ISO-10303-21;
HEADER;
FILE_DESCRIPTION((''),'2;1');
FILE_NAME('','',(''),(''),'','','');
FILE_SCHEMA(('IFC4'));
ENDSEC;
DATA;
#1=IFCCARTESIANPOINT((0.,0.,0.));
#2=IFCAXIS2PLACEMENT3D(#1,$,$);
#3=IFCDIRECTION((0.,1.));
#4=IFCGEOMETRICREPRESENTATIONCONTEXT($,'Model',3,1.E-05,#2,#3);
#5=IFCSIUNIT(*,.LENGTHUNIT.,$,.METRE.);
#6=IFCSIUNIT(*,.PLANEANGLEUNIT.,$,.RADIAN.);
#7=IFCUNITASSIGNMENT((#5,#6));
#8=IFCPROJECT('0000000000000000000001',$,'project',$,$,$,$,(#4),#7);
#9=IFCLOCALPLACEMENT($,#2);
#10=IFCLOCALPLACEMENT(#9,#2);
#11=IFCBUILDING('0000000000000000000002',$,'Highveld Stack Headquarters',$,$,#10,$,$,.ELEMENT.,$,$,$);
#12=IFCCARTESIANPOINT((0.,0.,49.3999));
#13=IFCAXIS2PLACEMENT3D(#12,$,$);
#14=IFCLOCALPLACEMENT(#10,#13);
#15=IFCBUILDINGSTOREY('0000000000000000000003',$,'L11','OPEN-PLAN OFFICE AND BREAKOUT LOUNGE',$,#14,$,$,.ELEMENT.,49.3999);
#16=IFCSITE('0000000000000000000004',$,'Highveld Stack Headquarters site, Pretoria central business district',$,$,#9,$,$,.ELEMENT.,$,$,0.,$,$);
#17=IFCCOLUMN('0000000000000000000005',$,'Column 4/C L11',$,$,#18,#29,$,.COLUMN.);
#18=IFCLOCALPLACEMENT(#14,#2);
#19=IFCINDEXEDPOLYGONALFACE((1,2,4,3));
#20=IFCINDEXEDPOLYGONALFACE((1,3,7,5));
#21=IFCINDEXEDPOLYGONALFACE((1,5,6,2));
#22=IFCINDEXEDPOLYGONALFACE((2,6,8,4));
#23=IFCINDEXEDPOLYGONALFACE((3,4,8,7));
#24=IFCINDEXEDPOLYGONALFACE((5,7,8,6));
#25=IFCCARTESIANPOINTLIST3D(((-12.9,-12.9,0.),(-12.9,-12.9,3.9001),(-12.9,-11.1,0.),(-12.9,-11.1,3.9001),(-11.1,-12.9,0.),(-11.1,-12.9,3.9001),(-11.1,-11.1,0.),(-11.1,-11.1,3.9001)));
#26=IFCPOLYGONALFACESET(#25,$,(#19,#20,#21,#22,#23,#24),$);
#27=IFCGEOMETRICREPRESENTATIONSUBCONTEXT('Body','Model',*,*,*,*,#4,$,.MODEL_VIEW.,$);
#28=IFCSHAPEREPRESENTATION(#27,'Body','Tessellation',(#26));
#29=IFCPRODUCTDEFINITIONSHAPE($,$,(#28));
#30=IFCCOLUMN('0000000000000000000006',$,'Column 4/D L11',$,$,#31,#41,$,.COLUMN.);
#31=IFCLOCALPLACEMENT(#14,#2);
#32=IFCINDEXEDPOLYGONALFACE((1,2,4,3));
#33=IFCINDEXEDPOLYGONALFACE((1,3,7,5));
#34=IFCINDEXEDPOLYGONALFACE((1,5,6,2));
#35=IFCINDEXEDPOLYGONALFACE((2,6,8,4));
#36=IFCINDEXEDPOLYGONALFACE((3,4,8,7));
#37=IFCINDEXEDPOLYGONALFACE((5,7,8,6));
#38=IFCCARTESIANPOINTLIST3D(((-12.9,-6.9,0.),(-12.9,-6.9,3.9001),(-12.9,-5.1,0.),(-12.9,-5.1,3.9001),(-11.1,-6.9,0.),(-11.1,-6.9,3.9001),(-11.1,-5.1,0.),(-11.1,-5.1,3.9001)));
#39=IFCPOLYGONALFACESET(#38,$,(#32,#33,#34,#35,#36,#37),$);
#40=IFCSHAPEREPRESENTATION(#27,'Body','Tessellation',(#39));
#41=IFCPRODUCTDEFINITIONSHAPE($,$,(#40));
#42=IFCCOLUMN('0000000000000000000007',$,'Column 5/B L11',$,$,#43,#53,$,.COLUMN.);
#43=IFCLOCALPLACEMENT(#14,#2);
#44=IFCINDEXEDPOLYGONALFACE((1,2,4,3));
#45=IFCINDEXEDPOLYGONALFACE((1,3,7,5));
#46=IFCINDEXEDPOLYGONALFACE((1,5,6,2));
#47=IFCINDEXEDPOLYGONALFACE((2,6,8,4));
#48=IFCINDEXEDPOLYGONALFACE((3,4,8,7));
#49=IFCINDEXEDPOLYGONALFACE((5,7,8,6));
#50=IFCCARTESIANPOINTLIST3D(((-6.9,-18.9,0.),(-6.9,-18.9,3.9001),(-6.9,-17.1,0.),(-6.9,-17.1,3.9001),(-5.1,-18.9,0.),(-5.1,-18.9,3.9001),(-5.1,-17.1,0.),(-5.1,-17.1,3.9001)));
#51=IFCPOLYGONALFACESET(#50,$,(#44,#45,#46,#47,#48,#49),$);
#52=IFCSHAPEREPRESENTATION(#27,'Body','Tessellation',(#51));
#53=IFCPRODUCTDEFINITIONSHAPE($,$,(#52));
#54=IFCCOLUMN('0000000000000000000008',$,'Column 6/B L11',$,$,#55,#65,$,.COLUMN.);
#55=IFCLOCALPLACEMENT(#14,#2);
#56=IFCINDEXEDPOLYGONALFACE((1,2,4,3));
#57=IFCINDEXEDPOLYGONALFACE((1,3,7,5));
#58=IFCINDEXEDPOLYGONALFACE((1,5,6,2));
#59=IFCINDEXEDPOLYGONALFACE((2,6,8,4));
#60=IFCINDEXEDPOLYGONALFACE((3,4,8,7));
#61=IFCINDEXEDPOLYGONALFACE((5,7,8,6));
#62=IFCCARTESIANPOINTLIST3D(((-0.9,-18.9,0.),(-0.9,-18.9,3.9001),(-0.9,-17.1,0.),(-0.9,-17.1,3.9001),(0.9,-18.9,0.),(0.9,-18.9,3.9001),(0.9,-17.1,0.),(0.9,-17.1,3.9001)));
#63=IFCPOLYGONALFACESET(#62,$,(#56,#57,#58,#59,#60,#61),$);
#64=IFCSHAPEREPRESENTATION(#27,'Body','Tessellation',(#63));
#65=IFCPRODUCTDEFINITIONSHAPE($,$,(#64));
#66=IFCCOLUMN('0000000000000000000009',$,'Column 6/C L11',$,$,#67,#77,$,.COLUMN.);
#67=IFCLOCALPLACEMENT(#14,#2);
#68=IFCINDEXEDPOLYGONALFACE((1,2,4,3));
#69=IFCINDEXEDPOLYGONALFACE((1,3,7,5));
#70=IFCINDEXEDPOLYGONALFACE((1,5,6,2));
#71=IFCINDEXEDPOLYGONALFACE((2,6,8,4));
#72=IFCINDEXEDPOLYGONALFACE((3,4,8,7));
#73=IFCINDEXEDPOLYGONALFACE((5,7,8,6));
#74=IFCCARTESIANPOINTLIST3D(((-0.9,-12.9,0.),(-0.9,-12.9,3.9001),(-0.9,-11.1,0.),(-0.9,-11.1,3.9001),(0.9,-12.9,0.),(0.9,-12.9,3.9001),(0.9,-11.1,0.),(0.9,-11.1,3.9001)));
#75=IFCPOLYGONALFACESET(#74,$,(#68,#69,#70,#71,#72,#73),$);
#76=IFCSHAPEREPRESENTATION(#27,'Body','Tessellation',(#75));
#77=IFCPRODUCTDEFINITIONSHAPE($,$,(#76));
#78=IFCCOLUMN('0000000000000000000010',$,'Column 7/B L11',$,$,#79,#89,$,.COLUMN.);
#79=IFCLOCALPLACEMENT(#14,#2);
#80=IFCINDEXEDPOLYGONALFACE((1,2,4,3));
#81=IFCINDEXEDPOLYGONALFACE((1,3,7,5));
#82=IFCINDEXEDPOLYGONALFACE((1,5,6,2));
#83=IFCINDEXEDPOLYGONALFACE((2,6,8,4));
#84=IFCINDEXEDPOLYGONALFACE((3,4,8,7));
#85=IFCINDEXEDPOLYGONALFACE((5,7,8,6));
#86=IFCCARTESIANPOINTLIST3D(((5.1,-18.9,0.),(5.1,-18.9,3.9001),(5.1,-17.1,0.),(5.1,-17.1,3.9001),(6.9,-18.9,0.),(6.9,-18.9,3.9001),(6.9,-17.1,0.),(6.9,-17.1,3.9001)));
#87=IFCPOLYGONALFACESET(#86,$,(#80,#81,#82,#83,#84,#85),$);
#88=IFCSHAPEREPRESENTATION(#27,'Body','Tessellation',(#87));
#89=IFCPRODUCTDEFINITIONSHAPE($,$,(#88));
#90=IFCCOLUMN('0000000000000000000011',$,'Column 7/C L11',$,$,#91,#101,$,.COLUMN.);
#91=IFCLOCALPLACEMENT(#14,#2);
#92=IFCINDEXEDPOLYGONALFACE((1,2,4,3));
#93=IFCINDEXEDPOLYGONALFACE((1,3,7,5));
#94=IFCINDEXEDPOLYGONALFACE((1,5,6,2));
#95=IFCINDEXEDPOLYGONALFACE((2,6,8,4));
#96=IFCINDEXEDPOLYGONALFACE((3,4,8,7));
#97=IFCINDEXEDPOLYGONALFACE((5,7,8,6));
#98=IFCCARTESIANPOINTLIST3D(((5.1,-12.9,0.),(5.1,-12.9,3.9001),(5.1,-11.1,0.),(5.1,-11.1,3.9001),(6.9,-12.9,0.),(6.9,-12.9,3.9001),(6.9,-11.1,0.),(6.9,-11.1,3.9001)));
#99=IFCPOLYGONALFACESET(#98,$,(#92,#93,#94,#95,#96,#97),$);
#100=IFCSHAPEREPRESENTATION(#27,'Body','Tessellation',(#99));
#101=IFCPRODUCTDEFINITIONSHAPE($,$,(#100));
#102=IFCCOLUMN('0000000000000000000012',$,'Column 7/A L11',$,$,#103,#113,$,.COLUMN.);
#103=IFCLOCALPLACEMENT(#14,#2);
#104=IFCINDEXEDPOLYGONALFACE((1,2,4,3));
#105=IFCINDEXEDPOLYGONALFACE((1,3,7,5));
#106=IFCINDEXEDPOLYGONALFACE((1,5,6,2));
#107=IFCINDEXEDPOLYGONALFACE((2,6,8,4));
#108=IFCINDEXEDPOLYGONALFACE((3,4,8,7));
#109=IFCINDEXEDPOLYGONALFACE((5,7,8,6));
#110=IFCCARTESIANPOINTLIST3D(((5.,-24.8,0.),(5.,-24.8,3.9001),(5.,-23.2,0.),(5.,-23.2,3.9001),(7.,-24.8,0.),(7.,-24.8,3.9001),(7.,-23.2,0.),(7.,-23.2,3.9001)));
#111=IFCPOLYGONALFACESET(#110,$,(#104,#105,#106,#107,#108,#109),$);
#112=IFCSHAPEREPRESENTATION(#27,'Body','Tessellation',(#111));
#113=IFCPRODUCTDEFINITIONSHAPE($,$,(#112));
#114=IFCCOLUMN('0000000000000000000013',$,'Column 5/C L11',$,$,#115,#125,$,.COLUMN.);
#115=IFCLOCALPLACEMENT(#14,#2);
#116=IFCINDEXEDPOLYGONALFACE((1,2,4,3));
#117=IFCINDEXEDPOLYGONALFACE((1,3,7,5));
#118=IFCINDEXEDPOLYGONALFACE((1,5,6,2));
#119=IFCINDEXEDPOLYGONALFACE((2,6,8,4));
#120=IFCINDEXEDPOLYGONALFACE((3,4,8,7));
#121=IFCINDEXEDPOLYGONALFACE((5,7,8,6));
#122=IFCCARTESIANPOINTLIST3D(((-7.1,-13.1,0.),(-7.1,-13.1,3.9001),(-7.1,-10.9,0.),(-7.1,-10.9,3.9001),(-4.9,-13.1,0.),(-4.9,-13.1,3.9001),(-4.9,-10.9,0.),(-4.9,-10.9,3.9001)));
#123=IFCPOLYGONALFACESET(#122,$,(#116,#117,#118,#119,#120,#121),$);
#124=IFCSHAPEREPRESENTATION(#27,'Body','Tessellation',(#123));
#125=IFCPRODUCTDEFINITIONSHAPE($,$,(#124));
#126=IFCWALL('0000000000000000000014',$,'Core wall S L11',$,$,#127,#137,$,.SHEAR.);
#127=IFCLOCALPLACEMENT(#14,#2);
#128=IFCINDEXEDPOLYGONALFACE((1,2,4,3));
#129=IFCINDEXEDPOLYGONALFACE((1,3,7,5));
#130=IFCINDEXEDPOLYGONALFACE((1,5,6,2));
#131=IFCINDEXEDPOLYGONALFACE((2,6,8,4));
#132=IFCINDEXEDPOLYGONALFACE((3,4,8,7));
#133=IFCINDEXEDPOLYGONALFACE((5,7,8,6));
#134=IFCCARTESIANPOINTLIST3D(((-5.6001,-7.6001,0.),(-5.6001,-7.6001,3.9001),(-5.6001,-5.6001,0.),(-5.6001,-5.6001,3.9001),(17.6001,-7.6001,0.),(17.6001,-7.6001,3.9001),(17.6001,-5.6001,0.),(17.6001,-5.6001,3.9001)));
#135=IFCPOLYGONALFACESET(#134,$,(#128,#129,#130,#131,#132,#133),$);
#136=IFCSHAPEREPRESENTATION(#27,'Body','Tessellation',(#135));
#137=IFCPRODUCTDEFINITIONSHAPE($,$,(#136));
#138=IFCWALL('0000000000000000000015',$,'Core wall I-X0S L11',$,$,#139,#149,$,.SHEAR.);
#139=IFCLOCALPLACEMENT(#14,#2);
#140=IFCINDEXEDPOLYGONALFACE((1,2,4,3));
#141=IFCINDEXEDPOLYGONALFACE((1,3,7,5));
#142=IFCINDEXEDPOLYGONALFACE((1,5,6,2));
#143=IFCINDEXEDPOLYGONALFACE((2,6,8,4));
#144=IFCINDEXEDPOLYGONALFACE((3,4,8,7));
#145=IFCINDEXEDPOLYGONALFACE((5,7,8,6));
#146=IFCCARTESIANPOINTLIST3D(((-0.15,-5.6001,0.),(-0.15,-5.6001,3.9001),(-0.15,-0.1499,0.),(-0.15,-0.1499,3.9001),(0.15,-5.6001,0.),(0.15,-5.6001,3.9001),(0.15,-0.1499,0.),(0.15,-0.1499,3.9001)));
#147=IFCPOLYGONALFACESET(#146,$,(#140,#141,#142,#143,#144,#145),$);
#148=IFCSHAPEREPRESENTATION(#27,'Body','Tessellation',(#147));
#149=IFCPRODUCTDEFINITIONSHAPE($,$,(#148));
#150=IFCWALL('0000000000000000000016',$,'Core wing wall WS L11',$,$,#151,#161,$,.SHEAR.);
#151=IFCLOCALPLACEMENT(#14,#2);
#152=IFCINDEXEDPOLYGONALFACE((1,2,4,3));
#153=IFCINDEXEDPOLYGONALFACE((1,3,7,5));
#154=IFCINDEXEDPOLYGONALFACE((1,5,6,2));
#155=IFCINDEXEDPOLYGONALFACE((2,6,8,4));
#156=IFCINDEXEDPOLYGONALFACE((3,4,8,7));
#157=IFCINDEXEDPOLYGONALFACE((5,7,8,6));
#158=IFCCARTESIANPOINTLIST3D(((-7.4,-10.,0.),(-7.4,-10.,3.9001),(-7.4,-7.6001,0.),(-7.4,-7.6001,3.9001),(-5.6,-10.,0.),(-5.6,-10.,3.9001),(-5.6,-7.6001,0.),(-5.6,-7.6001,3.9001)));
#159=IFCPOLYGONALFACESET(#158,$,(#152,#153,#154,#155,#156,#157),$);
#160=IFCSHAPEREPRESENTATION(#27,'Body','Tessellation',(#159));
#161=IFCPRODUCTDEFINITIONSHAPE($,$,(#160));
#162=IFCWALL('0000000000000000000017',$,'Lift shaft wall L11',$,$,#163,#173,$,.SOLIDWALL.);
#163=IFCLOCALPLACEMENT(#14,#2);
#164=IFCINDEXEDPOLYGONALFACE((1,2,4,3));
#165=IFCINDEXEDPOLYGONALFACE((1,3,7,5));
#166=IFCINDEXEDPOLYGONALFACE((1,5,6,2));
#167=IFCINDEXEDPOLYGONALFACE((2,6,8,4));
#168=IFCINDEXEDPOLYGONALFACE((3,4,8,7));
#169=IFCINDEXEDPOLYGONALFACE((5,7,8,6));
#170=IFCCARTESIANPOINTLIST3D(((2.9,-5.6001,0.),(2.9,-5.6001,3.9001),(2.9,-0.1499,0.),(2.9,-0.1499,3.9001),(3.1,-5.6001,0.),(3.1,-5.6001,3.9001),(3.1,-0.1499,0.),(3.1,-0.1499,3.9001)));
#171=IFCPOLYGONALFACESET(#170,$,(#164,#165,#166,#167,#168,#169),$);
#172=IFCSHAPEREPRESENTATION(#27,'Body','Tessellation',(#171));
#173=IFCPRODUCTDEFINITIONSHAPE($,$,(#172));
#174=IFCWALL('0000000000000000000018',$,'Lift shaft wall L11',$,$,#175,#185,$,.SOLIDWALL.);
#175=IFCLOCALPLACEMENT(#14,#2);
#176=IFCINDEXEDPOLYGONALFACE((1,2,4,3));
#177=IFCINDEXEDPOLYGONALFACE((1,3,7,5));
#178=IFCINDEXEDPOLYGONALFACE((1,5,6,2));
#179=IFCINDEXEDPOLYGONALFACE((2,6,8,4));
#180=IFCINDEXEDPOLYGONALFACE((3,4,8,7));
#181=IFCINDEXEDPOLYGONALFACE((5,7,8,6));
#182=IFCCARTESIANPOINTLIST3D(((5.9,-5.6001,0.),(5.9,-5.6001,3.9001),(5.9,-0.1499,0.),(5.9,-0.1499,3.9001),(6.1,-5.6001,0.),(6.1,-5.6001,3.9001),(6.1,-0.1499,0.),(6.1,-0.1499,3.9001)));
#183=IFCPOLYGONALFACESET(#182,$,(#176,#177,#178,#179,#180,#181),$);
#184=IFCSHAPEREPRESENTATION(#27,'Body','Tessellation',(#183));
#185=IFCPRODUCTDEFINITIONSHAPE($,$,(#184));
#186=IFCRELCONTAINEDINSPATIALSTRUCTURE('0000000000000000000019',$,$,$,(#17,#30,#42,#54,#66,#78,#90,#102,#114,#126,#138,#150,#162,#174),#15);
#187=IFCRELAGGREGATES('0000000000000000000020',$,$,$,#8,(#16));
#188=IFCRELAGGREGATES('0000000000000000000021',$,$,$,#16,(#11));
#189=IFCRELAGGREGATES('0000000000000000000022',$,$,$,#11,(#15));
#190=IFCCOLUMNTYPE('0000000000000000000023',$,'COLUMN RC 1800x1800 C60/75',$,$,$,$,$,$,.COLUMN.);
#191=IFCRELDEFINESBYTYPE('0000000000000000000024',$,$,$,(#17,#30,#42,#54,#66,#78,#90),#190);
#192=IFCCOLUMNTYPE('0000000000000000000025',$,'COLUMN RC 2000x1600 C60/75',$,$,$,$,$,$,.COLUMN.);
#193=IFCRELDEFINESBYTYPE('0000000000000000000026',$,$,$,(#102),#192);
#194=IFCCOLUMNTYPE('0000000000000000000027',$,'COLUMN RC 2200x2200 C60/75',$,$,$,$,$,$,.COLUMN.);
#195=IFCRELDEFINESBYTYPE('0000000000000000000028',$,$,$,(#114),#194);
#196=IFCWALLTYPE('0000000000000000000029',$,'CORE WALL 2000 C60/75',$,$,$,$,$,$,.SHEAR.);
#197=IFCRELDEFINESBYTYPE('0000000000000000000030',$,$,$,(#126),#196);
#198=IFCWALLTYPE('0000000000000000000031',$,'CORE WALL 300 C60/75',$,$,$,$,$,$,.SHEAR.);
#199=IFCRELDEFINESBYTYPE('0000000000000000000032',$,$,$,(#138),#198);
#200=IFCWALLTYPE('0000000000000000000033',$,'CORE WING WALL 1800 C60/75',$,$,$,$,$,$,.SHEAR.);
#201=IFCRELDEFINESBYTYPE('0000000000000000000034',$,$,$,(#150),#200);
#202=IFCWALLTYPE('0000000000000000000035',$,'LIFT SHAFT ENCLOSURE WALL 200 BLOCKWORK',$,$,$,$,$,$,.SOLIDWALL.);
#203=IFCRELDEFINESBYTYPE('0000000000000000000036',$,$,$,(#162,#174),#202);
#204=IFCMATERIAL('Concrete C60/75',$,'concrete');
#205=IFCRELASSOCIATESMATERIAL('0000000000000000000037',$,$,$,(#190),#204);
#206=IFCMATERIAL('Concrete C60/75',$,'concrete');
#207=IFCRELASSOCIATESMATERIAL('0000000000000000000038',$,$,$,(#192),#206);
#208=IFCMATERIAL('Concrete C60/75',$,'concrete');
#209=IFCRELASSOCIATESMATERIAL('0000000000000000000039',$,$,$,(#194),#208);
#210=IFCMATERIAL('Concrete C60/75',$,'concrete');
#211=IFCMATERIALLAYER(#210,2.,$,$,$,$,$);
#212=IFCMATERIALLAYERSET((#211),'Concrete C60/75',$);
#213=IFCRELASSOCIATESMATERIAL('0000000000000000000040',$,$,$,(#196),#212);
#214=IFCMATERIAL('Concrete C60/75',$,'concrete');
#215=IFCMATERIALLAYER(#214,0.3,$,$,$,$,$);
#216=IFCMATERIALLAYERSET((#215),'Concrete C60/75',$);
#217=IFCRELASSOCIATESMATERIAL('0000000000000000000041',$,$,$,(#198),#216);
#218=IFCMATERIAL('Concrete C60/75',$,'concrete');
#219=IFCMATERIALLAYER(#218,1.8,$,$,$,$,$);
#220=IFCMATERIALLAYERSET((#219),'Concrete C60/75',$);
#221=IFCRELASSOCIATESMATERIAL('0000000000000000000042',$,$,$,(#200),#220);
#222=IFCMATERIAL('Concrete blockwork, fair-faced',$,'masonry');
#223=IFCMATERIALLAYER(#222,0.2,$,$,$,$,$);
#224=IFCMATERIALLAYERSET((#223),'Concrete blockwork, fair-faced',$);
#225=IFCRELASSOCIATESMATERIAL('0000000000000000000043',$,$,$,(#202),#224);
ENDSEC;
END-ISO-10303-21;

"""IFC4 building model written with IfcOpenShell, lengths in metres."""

from ifc_helpers import new_model, si_unit, direction, frame, frame_2d, origin, origin_2d, place, context, subcontext, project, spatial, rectangle, extrude, material, layer, layer_set, material_profile, profile_set, type_object, element, save


model = new_model("IFC4")

# Units and contexts
model_context = context("Model", 3, precision=1e-05, world=origin(), true_north=direction((0.0, 1.0)))
body_context = subcontext(model_context, "Body", "Model", "MODEL_VIEW")
ifc_project = project(units=[si_unit("LENGTHUNIT", "METRE"), si_unit("PLANEANGLEUNIT", "RADIAN")], contexts=[model_context])

# Site, building, storey
site_placement = place(None, origin())
site = spatial("IfcSite", under=ifc_project, at=site_placement, Name="Highveld Stack Headquarters site, Pretoria central business district", CompositionType="ELEMENT", RefElevation=0.0)
building_placement = place(site_placement, origin())
building = spatial("IfcBuilding", under=site, at=building_placement, Name="Highveld Stack Headquarters", CompositionType="ELEMENT")
storey_placement = place(building_placement, frame((0.0, 0.0, 49.3999)))
storey = spatial("IfcBuildingStorey", under=building, at=storey_placement, Name="L11", Description="OPEN-PLAN OFFICE AND BREAKOUT LOUNGE", CompositionType="ELEMENT", Elevation=49.3999)

# Columns
ifc_material_1 = material(Name="Concrete C60/75", Category="concrete")
ifc_material_profile_1 = material_profile(ifc_material_1, rectangle(XDim=1.8, YDim=1.8, at=origin_2d()), Name="RC 1800x1800")
ifc_profile_set_1 = profile_set([ifc_material_profile_1], Name="Concrete C60/75")
column_type_1 = type_object("IfcColumnType", Name="COLUMN RC 1800x1800 C60/75", PredefinedType="COLUMN", material=ifc_profile_set_1)
for number, where, z_axis, x_axis, name in (
    (1, (-12.0, -12.0, 0.0), (0.0, 0.0, 1.0), (1.0, 0.0, 0.0), "Column 4/C L11"),
    (2, (-12.0, -6.0, 0.0), (0.0, 0.0, 1.0), (1.0, 0.0, 0.0), "Column 4/D L11"),
    (3, (-6.0, -18.0, 0.0), (0.0, 0.0, 1.0), (1.0, 0.0, 0.0), "Column 5/B L11"),
    (4, (0.0, -18.0, 0.0), (0.0, 0.0, 1.0), (1.0, 0.0, 0.0), "Column 6/B L11"),
    (5, (0.0, -12.0, 0.0), (0.0, 0.0, 1.0), (1.0, 0.0, 0.0), "Column 6/C L11"),
    (6, (6.0, -18.0, 0.0), (0.0, 0.0, 1.0), (1.0, 0.0, 0.0), "Column 7/B L11"),
    (7, (6.0, -12.0, 0.0), (0.0, 0.0, 1.0), (1.0, 0.0, 0.0), "Column 7/C L11"),
):
    element("IfcColumn", number, at=place(storey_placement, frame(where, z_axis=z_axis, x_axis=x_axis)), inside=storey, type_object=column_type_1, Name=name, PredefinedType="COLUMN", context=body_context, shape_type="SweptSolid", body=[
        extrude(rectangle(XDim=1.8, YDim=1.8, at=origin_2d()), origin(), (0.0, 0.0, 1.0), 3.9001),
    ])
ifc_material_2 = material(Name="Concrete C60/75", Category="concrete")
ifc_material_profile_2 = material_profile(ifc_material_2, rectangle(XDim=2.0, YDim=1.6001, at=origin_2d()), Name="RC 2000x1600")
ifc_profile_set_2 = profile_set([ifc_material_profile_2], Name="Concrete C60/75")
column_type_2 = type_object("IfcColumnType", Name="COLUMN RC 2000x1600 C60/75", PredefinedType="COLUMN", material=ifc_profile_set_2)
column_1_placement = place(storey_placement, frame((6.0, -24.0, 0.0), z_axis=(0.0, 0.0, 1.0), x_axis=(1.0, 0.0, 0.0)))
element("IfcColumn", 8, at=column_1_placement, inside=storey, type_object=column_type_2, Name="Column 7/A L11", PredefinedType="COLUMN", context=body_context, shape_type="SweptSolid", body=[
    extrude(rectangle(XDim=2.0, YDim=1.6001, at=origin_2d()), origin(), (0.0, 0.0, 1.0), 3.9001),
])
ifc_material_3 = material(Name="Concrete C60/75", Category="concrete")
ifc_material_profile_3 = material_profile(ifc_material_3, rectangle(XDim=2.2, YDim=2.2, at=origin_2d()), Name="RC 2200x2200")
ifc_profile_set_3 = profile_set([ifc_material_profile_3], Name="Concrete C60/75")
column_type_3 = type_object("IfcColumnType", Name="COLUMN RC 2200x2200 C60/75", PredefinedType="COLUMN", material=ifc_profile_set_3)
column_2_placement = place(storey_placement, frame((-6.0, -12.0, 0.0), z_axis=(0.0, 0.0, 1.0), x_axis=(1.0, 0.0, 0.0)))
element("IfcColumn", 9, at=column_2_placement, inside=storey, type_object=column_type_3, Name="Column 5/C L11", PredefinedType="COLUMN", context=body_context, shape_type="SweptSolid", body=[
    extrude(rectangle(XDim=2.2, YDim=2.2, at=origin_2d()), origin(), (0.0, 0.0, 1.0), 3.9001),
])

# Walls
ifc_material_4 = material(Name="Concrete C60/75", Category="concrete")
ifc_layer_1 = layer(ifc_material_4, 2.0)
ifc_layer_set_1 = layer_set([ifc_layer_1], Name="Concrete C60/75")
wall_type_1 = type_object("IfcWallType", Name="CORE WALL 2000 C60/75", PredefinedType="SHEAR", material=ifc_layer_set_1)
wall_1_placement = place(storey_placement, frame((-5.6001, -6.6001, 0.0), z_axis=(0.0, 0.0, 1.0), x_axis=(1.0, 0.0, 0.0)))
element("IfcWall", 10, at=wall_1_placement, inside=storey, type_object=wall_type_1, Name="Core wall S L11", PredefinedType="SHEAR", context=body_context, shape_type="SweptSolid", body=[
    extrude(rectangle(XDim=23.2002, YDim=2.0, at=frame_2d((11.6001, 0.0))), origin(), (0.0, 0.0, 1.0), 3.9001),
])
ifc_material_5 = material(Name="Concrete C60/75", Category="concrete")
ifc_layer_2 = layer(ifc_material_5, 0.3)
ifc_layer_set_2 = layer_set([ifc_layer_2], Name="Concrete C60/75")
wall_type_2 = type_object("IfcWallType", Name="CORE WALL 300 C60/75", PredefinedType="SHEAR", material=ifc_layer_set_2)
wall_2_placement = place(storey_placement, frame((0.0, -5.6001, 0.0), z_axis=(0.0, 0.0, 1.0), x_axis=(0.0, 1.0, 0.0)))
element("IfcWall", 11, at=wall_2_placement, inside=storey, type_object=wall_type_2, Name="Core wall I-X0S L11", PredefinedType="SHEAR", context=body_context, shape_type="SweptSolid", body=[
    extrude(rectangle(XDim=5.4502, YDim=0.3, at=frame_2d((2.7251, 0.0))), origin(), (0.0, 0.0, 1.0), 3.9001),
])
ifc_material_6 = material(Name="Concrete C60/75", Category="concrete")
ifc_layer_3 = layer(ifc_material_6, 1.8)
ifc_layer_set_3 = layer_set([ifc_layer_3], Name="Concrete C60/75")
wall_type_3 = type_object("IfcWallType", Name="CORE WING WALL 1800 C60/75", PredefinedType="SHEAR", material=ifc_layer_set_3)
wall_3_placement = place(storey_placement, frame((-6.5, -10.0, 0.0), z_axis=(0.0, 0.0, 1.0), x_axis=(0.0, 1.0, 0.0)))
element("IfcWall", 12, at=wall_3_placement, inside=storey, type_object=wall_type_3, Name="Core wing wall WS L11", PredefinedType="SHEAR", context=body_context, shape_type="SweptSolid", body=[
    extrude(rectangle(XDim=2.3999, YDim=1.8, at=frame_2d((1.2, 0.0))), origin(), (0.0, 0.0, 1.0), 3.9001),
])
ifc_material_7 = material(Name="Concrete blockwork, fair-faced", Category="masonry")
ifc_layer_4 = layer(ifc_material_7, 0.2)
ifc_layer_set_4 = layer_set([ifc_layer_4], Name="Concrete blockwork, fair-faced")
wall_type_4 = type_object("IfcWallType", Name="LIFT SHAFT ENCLOSURE WALL 200 BLOCKWORK", PredefinedType="SOLIDWALL", material=ifc_layer_set_4)
for number, where, z_axis, x_axis, name in (
    (13, (3.0, -5.6001, 0.0), (0.0, 0.0, 1.0), (0.0, 1.0, 0.0), "Lift shaft wall L11"),
    (14, (6.0, -5.6001, 0.0), (0.0, 0.0, 1.0), (0.0, 1.0, 0.0), "Lift shaft wall L11"),
):
    element("IfcWall", number, at=place(storey_placement, frame(where, z_axis=z_axis, x_axis=x_axis)), inside=storey, type_object=wall_type_4, Name=name, PredefinedType="SOLIDWALL", context=body_context, shape_type="SweptSolid", body=[
        extrude(rectangle(XDim=5.4502, YDim=0.2, at=frame_2d((2.7251, 0.0))), origin(), (0.0, 0.0, 1.0), 3.9001),
    ])

save(model, "model.ifc")
